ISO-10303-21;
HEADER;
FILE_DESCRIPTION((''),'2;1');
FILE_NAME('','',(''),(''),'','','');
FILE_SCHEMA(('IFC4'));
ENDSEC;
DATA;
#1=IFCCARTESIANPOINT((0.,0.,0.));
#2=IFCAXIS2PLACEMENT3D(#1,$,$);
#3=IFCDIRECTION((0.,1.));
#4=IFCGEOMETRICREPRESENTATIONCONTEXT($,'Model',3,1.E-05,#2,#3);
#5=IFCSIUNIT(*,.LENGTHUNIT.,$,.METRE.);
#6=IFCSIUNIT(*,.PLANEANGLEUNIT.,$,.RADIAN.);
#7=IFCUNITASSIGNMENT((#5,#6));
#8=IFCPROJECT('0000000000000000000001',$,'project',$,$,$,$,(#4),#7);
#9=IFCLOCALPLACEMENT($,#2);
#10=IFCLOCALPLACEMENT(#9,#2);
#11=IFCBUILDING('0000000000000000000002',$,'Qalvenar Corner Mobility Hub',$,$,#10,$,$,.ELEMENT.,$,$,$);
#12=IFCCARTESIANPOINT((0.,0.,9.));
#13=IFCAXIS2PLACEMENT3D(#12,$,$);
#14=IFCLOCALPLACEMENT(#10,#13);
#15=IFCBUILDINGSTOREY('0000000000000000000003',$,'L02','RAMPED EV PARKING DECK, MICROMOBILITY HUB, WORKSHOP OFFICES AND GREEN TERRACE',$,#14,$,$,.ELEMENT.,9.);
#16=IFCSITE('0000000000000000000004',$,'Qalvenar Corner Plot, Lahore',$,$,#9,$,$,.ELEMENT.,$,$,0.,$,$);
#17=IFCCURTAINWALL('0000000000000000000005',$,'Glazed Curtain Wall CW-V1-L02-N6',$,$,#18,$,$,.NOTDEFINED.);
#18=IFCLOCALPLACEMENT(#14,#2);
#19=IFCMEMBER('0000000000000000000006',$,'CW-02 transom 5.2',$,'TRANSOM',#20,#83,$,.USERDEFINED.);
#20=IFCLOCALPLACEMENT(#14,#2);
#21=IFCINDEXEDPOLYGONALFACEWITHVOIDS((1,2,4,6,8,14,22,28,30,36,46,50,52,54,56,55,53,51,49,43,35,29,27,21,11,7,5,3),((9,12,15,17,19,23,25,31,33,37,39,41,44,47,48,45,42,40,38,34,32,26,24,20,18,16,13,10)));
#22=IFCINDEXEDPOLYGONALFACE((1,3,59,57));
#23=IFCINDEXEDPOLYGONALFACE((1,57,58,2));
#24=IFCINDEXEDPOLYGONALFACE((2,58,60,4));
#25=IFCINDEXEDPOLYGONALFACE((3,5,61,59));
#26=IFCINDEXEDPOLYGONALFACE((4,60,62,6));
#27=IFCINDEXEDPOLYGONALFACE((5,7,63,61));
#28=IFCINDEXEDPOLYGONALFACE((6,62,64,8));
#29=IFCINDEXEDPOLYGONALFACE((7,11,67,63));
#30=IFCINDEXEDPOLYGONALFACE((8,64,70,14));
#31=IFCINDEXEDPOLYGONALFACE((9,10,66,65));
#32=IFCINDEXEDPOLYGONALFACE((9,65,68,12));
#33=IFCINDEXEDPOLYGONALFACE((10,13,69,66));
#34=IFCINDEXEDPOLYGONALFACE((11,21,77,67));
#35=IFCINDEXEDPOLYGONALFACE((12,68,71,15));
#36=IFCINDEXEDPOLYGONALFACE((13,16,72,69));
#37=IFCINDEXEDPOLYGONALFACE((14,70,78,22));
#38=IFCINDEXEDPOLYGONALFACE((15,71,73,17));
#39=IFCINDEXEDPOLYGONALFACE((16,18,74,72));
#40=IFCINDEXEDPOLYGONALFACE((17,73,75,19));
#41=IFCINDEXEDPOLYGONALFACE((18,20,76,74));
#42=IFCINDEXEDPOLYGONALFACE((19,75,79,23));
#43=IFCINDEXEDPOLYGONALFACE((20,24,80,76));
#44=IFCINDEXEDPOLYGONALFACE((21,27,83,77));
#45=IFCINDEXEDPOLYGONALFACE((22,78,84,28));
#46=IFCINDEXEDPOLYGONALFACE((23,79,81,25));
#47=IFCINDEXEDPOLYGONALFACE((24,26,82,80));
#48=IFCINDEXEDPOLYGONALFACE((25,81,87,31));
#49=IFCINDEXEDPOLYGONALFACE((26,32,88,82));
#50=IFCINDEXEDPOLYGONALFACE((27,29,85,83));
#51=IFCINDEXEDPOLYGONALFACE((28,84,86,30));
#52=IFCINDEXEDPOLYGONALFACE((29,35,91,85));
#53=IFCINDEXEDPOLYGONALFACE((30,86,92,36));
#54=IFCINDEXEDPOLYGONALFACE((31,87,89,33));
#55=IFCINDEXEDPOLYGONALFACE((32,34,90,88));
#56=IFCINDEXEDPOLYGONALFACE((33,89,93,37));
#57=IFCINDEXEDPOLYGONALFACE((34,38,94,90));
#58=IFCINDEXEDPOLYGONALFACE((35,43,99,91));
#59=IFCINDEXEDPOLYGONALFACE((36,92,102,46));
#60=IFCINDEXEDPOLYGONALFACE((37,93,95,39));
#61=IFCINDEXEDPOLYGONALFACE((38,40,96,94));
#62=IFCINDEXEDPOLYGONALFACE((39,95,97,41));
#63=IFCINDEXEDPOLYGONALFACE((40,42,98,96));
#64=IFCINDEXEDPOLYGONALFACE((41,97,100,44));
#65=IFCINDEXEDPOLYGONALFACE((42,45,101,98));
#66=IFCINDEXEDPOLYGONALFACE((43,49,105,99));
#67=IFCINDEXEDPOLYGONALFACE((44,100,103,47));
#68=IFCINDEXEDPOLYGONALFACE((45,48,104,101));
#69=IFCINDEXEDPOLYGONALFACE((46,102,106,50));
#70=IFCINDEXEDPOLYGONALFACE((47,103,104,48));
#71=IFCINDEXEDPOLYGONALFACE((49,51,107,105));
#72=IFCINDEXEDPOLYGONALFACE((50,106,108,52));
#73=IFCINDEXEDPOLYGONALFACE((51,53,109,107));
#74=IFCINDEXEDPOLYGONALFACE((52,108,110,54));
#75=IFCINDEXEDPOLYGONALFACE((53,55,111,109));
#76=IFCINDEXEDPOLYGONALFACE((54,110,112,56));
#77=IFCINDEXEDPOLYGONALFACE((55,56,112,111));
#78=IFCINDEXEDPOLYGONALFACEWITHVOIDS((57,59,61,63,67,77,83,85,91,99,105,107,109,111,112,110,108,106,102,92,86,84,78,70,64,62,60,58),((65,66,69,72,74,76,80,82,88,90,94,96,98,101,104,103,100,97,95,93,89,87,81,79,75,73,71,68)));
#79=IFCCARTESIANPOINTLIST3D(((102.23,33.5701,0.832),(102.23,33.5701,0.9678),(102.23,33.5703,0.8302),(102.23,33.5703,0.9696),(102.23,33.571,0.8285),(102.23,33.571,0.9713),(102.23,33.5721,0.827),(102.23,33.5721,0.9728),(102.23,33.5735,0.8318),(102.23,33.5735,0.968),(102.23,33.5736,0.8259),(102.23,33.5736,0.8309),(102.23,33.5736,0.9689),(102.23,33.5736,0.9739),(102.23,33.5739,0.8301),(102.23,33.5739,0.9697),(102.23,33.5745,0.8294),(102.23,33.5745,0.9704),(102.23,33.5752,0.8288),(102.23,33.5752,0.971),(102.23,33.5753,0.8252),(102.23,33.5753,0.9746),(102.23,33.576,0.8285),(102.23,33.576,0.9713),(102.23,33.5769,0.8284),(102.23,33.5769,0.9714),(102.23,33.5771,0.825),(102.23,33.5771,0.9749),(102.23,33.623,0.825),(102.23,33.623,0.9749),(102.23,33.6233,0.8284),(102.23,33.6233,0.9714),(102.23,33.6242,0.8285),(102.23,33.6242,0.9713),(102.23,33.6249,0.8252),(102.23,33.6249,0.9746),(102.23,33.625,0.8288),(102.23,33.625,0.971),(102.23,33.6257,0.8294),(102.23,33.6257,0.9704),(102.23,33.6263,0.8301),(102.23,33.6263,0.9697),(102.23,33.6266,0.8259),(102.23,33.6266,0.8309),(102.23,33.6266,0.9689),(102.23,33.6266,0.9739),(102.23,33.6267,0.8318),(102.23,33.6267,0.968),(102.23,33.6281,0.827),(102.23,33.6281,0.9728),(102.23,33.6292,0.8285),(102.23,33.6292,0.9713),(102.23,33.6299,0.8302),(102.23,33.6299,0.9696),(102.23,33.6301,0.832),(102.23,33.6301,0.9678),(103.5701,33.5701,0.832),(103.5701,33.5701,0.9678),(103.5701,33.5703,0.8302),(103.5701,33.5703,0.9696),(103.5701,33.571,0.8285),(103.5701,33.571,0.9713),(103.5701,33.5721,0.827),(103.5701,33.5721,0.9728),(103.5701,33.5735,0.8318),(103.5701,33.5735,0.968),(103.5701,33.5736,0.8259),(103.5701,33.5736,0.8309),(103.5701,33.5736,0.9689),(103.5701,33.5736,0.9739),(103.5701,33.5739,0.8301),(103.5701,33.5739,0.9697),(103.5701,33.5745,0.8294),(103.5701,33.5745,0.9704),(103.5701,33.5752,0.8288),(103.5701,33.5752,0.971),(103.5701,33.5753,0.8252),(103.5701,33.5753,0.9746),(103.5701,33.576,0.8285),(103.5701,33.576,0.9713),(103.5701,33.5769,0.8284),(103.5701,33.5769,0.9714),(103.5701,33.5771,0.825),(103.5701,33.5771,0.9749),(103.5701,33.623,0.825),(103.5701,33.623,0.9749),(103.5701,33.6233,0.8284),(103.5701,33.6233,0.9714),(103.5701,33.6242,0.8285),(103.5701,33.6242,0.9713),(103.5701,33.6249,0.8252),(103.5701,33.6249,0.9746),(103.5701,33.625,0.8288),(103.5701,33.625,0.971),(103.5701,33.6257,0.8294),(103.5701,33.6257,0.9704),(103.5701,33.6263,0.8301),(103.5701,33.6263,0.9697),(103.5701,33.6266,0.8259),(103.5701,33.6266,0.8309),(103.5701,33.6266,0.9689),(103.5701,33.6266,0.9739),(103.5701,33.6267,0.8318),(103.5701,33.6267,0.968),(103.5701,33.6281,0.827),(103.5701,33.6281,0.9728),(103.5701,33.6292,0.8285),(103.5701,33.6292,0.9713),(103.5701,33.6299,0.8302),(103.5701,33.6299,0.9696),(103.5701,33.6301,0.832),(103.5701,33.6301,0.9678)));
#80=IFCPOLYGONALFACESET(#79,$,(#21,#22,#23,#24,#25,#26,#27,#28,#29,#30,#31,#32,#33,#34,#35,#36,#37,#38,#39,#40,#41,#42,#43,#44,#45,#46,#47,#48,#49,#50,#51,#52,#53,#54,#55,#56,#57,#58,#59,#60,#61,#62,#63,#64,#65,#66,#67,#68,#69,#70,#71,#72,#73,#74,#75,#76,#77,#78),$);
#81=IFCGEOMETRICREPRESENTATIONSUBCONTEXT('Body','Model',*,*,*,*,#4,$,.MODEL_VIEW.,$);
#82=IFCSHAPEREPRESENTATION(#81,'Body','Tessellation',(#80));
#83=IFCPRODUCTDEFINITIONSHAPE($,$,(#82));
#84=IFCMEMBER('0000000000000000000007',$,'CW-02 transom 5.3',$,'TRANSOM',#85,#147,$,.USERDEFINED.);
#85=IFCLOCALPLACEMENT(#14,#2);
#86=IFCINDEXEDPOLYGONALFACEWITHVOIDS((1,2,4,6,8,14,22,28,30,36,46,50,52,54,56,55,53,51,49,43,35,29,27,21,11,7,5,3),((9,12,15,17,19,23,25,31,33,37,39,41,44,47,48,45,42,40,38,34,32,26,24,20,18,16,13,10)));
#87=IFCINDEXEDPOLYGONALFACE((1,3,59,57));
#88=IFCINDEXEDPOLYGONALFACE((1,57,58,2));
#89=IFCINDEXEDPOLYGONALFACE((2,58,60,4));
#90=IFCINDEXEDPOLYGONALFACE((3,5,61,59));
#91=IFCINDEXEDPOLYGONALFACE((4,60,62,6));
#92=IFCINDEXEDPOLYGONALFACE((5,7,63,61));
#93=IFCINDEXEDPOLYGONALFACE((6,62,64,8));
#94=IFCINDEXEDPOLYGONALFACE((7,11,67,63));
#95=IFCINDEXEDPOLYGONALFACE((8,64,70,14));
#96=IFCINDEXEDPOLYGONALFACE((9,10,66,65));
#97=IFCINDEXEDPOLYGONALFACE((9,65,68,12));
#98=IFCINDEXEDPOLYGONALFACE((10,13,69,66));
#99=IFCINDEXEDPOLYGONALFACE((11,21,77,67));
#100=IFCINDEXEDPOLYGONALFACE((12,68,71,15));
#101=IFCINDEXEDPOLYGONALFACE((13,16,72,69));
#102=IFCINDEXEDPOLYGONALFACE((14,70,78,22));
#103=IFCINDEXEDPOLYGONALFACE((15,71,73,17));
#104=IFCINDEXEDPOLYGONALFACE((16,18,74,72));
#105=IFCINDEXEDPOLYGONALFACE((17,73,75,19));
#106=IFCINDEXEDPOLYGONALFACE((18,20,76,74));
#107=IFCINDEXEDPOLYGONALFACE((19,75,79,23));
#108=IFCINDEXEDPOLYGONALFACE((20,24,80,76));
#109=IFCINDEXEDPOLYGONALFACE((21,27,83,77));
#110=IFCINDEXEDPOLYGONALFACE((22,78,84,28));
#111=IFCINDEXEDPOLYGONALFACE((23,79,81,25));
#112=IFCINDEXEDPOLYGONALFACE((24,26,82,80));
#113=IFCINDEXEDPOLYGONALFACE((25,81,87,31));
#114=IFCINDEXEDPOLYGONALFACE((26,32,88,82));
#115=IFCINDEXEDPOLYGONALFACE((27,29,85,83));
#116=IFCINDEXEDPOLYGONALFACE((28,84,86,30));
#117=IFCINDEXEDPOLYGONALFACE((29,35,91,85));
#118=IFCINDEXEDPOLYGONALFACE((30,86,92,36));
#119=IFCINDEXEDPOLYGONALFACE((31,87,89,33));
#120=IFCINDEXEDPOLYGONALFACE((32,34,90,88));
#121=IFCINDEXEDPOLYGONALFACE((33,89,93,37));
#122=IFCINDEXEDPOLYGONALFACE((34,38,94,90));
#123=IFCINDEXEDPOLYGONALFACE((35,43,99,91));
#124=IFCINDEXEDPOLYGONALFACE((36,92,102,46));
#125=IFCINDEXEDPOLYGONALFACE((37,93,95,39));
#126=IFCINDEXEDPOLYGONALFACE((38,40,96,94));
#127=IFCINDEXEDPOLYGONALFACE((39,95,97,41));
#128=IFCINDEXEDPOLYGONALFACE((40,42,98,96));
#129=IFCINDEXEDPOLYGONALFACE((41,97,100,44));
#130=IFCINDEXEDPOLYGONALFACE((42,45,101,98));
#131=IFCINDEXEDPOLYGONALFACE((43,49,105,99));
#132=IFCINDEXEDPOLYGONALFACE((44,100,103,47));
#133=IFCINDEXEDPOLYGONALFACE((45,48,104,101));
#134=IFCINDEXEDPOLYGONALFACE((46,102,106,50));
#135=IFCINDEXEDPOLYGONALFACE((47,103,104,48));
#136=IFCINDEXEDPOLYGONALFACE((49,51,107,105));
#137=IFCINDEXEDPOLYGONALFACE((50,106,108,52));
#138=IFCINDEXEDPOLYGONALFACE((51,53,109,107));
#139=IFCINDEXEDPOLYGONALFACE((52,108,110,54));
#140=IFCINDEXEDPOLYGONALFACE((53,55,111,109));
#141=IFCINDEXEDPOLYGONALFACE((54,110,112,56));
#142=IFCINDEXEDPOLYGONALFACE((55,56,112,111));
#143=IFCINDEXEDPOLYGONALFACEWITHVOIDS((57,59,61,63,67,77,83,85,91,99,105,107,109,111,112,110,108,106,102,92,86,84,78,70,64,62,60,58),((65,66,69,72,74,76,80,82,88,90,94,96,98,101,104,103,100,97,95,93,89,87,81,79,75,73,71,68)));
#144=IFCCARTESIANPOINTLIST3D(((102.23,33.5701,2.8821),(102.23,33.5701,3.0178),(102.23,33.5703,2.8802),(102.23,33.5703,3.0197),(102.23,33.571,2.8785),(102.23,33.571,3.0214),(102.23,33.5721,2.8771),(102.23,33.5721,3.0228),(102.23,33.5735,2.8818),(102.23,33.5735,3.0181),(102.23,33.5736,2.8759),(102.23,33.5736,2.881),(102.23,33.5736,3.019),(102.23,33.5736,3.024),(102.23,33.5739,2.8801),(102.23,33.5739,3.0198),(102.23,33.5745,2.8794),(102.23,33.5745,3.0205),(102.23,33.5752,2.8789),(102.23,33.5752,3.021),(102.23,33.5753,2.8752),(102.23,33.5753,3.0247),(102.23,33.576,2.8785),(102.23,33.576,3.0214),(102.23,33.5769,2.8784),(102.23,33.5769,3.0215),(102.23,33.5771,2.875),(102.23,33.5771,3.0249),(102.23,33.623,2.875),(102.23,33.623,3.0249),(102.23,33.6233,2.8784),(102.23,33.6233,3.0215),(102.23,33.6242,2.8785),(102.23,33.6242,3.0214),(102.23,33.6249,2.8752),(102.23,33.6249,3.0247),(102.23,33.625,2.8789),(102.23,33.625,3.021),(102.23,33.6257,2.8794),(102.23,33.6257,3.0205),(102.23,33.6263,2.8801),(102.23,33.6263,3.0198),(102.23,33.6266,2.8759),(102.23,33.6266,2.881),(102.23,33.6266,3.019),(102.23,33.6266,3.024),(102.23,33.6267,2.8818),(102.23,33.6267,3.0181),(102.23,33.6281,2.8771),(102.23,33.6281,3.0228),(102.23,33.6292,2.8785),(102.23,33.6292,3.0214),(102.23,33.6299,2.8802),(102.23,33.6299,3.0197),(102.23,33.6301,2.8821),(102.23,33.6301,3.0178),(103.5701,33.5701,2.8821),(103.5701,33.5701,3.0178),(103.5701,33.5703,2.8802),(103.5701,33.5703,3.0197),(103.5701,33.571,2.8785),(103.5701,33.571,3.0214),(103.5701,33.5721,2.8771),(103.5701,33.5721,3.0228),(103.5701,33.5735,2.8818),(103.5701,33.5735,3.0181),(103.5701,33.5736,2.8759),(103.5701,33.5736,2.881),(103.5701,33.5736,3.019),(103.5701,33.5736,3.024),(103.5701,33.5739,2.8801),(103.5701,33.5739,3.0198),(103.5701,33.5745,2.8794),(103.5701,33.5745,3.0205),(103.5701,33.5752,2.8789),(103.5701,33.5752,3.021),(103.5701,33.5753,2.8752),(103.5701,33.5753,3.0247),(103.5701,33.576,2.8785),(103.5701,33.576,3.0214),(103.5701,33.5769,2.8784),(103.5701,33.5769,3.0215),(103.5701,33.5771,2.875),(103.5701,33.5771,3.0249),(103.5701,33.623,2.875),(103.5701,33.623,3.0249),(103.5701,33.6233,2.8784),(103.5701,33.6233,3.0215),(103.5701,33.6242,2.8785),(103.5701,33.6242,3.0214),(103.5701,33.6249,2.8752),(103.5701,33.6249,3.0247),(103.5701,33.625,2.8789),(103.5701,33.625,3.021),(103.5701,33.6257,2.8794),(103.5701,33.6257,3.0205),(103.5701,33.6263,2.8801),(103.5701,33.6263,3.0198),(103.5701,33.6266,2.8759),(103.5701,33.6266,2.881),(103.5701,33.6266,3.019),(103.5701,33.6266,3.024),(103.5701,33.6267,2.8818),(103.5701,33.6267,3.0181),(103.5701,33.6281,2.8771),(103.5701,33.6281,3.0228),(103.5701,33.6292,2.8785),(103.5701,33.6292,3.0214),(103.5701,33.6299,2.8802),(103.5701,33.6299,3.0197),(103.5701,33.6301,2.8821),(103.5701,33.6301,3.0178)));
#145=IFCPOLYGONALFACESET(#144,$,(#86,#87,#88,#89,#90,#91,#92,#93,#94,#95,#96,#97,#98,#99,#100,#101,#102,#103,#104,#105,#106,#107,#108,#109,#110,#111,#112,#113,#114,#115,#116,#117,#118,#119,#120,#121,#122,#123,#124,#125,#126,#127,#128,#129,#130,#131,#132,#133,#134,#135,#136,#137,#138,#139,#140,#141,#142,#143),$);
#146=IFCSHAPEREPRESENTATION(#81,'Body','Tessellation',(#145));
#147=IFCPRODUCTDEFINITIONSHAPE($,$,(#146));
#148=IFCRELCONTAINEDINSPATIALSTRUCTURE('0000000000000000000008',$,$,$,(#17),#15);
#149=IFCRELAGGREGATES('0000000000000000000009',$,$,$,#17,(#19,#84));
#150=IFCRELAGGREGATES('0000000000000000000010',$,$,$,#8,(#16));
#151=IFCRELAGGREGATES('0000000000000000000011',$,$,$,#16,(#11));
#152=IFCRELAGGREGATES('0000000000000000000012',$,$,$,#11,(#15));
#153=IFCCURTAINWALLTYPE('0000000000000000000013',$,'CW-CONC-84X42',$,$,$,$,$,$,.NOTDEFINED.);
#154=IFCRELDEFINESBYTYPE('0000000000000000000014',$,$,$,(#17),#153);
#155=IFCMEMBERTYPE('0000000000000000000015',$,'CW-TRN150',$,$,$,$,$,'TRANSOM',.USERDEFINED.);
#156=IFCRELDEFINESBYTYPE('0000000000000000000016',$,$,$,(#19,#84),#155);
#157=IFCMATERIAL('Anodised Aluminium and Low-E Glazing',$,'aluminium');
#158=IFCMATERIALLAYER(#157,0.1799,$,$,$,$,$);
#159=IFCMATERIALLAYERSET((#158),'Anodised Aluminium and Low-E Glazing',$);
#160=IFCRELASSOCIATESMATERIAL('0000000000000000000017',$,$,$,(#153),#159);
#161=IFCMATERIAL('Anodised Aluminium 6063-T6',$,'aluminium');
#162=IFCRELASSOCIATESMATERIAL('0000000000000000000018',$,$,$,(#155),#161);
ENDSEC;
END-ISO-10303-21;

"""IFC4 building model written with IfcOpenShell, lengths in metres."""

from ifc_helpers import new_model, si_unit, direction, frame, origin, origin_2d, place, context, subcontext, project, spatial, hollow_rectangle, extrude, material, layer, layer_set, material_profile, profile_set, type_object, element, aggregate, save


model = new_model("IFC4")

# Units and contexts
model_context = context("Model", 3, precision=1e-05, world=origin(), true_north=direction((0.0, 1.0)))
body_context = subcontext(model_context, "Body", "Model", "MODEL_VIEW")
ifc_project = project(units=[si_unit("LENGTHUNIT", "METRE"), si_unit("PLANEANGLEUNIT", "RADIAN")], contexts=[model_context])

# Site, building, storey
site_placement = place(None, origin())
site = spatial("IfcSite", under=ifc_project, at=site_placement, Name="Qalvenar Corner Plot, Lahore", CompositionType="ELEMENT", RefElevation=0.0)
building_placement = place(site_placement, origin())
building = spatial("IfcBuilding", under=site, at=building_placement, Name="Qalvenar Corner Mobility Hub", CompositionType="ELEMENT")
storey_placement = place(building_placement, frame((0.0, 0.0, 9.0)))
storey = spatial("IfcBuildingStorey", under=building, at=storey_placement, Name="L02", Description="RAMPED EV PARKING DECK, MICROMOBILITY HUB, WORKSHOP OFFICES AND GREEN TERRACE", CompositionType="ELEMENT", Elevation=9.0)

# Curtain wall, members
ifc_material_1 = material(Name="Anodised Aluminium and Low-E Glazing", Category="aluminium")
ifc_layer_1 = layer(ifc_material_1, 0.1799)
ifc_layer_set_1 = layer_set([ifc_layer_1], Name="Anodised Aluminium and Low-E Glazing")
curtain_wall_type = type_object("IfcCurtainWallType", Name="CW-CONC-84X42", PredefinedType="NOTDEFINED", material=ifc_layer_set_1)
curtain_wall_placement = place(storey_placement, origin())
curtain_wall = element("IfcCurtainWall", 1, at=curtain_wall_placement, inside=storey, type_object=curtain_wall_type, Name="Glazed Curtain Wall CW-V1-L02-N6", PredefinedType="NOTDEFINED")
ifc_material_2 = material(Name="Anodised Aluminium 6063-T6", Category="aluminium")
ifc_material_profile_1 = material_profile(ifc_material_2, hollow_rectangle(XDim=0.0601, YDim=0.1499, WallThickness=0.0034, InnerFilletRadius=0.0034, OuterFilletRadius=0.0071, at=origin_2d()), Name="RHS150x60x3.5")
ifc_profile_set_1 = profile_set([ifc_material_profile_1], Name="Anodised Aluminium 6063-T6")
member_type_1 = type_object("IfcMemberType", Name="CW-TRN150", ElementType="TRANSOM", PredefinedType="USERDEFINED", material=ifc_profile_set_1)
member_1_placement = place(storey_placement, frame((103.5701, 33.6001, 0.8999), z_axis=(-1.0, 0.0, 0.0), x_axis=(0.0, -1.0, 0.0)))
member_1 = element("IfcMember", 2, at=member_1_placement, type_object=member_type_1, Name="CW-02 transom 5.2", ObjectType="TRANSOM", PredefinedType="USERDEFINED", context=body_context, shape_type="SweptSolid", body=[
    extrude(hollow_rectangle(XDim=0.0601, YDim=0.1499, WallThickness=0.0034, InnerFilletRadius=0.0034, OuterFilletRadius=0.0071, at=origin_2d()), origin(), (0.0, 0.0, 1.0), 1.3401),
])
member_2_placement = place(storey_placement, frame((103.5701, 33.6001, 2.95), z_axis=(-1.0, 0.0, 0.0), x_axis=(0.0, -1.0, 0.0)))
member_2 = element("IfcMember", 3, at=member_2_placement, type_object=member_type_1, Name="CW-02 transom 5.3", ObjectType="TRANSOM", PredefinedType="USERDEFINED", context=body_context, shape_type="SweptSolid", body=[
    extrude(hollow_rectangle(XDim=0.0601, YDim=0.1499, WallThickness=0.0034, InnerFilletRadius=0.0034, OuterFilletRadius=0.0071, at=origin_2d()), origin(), (0.0, 0.0, 1.0), 1.3401),
])

aggregate(curtain_wall, [member_1, member_2])

save(model, "model.ifc")
